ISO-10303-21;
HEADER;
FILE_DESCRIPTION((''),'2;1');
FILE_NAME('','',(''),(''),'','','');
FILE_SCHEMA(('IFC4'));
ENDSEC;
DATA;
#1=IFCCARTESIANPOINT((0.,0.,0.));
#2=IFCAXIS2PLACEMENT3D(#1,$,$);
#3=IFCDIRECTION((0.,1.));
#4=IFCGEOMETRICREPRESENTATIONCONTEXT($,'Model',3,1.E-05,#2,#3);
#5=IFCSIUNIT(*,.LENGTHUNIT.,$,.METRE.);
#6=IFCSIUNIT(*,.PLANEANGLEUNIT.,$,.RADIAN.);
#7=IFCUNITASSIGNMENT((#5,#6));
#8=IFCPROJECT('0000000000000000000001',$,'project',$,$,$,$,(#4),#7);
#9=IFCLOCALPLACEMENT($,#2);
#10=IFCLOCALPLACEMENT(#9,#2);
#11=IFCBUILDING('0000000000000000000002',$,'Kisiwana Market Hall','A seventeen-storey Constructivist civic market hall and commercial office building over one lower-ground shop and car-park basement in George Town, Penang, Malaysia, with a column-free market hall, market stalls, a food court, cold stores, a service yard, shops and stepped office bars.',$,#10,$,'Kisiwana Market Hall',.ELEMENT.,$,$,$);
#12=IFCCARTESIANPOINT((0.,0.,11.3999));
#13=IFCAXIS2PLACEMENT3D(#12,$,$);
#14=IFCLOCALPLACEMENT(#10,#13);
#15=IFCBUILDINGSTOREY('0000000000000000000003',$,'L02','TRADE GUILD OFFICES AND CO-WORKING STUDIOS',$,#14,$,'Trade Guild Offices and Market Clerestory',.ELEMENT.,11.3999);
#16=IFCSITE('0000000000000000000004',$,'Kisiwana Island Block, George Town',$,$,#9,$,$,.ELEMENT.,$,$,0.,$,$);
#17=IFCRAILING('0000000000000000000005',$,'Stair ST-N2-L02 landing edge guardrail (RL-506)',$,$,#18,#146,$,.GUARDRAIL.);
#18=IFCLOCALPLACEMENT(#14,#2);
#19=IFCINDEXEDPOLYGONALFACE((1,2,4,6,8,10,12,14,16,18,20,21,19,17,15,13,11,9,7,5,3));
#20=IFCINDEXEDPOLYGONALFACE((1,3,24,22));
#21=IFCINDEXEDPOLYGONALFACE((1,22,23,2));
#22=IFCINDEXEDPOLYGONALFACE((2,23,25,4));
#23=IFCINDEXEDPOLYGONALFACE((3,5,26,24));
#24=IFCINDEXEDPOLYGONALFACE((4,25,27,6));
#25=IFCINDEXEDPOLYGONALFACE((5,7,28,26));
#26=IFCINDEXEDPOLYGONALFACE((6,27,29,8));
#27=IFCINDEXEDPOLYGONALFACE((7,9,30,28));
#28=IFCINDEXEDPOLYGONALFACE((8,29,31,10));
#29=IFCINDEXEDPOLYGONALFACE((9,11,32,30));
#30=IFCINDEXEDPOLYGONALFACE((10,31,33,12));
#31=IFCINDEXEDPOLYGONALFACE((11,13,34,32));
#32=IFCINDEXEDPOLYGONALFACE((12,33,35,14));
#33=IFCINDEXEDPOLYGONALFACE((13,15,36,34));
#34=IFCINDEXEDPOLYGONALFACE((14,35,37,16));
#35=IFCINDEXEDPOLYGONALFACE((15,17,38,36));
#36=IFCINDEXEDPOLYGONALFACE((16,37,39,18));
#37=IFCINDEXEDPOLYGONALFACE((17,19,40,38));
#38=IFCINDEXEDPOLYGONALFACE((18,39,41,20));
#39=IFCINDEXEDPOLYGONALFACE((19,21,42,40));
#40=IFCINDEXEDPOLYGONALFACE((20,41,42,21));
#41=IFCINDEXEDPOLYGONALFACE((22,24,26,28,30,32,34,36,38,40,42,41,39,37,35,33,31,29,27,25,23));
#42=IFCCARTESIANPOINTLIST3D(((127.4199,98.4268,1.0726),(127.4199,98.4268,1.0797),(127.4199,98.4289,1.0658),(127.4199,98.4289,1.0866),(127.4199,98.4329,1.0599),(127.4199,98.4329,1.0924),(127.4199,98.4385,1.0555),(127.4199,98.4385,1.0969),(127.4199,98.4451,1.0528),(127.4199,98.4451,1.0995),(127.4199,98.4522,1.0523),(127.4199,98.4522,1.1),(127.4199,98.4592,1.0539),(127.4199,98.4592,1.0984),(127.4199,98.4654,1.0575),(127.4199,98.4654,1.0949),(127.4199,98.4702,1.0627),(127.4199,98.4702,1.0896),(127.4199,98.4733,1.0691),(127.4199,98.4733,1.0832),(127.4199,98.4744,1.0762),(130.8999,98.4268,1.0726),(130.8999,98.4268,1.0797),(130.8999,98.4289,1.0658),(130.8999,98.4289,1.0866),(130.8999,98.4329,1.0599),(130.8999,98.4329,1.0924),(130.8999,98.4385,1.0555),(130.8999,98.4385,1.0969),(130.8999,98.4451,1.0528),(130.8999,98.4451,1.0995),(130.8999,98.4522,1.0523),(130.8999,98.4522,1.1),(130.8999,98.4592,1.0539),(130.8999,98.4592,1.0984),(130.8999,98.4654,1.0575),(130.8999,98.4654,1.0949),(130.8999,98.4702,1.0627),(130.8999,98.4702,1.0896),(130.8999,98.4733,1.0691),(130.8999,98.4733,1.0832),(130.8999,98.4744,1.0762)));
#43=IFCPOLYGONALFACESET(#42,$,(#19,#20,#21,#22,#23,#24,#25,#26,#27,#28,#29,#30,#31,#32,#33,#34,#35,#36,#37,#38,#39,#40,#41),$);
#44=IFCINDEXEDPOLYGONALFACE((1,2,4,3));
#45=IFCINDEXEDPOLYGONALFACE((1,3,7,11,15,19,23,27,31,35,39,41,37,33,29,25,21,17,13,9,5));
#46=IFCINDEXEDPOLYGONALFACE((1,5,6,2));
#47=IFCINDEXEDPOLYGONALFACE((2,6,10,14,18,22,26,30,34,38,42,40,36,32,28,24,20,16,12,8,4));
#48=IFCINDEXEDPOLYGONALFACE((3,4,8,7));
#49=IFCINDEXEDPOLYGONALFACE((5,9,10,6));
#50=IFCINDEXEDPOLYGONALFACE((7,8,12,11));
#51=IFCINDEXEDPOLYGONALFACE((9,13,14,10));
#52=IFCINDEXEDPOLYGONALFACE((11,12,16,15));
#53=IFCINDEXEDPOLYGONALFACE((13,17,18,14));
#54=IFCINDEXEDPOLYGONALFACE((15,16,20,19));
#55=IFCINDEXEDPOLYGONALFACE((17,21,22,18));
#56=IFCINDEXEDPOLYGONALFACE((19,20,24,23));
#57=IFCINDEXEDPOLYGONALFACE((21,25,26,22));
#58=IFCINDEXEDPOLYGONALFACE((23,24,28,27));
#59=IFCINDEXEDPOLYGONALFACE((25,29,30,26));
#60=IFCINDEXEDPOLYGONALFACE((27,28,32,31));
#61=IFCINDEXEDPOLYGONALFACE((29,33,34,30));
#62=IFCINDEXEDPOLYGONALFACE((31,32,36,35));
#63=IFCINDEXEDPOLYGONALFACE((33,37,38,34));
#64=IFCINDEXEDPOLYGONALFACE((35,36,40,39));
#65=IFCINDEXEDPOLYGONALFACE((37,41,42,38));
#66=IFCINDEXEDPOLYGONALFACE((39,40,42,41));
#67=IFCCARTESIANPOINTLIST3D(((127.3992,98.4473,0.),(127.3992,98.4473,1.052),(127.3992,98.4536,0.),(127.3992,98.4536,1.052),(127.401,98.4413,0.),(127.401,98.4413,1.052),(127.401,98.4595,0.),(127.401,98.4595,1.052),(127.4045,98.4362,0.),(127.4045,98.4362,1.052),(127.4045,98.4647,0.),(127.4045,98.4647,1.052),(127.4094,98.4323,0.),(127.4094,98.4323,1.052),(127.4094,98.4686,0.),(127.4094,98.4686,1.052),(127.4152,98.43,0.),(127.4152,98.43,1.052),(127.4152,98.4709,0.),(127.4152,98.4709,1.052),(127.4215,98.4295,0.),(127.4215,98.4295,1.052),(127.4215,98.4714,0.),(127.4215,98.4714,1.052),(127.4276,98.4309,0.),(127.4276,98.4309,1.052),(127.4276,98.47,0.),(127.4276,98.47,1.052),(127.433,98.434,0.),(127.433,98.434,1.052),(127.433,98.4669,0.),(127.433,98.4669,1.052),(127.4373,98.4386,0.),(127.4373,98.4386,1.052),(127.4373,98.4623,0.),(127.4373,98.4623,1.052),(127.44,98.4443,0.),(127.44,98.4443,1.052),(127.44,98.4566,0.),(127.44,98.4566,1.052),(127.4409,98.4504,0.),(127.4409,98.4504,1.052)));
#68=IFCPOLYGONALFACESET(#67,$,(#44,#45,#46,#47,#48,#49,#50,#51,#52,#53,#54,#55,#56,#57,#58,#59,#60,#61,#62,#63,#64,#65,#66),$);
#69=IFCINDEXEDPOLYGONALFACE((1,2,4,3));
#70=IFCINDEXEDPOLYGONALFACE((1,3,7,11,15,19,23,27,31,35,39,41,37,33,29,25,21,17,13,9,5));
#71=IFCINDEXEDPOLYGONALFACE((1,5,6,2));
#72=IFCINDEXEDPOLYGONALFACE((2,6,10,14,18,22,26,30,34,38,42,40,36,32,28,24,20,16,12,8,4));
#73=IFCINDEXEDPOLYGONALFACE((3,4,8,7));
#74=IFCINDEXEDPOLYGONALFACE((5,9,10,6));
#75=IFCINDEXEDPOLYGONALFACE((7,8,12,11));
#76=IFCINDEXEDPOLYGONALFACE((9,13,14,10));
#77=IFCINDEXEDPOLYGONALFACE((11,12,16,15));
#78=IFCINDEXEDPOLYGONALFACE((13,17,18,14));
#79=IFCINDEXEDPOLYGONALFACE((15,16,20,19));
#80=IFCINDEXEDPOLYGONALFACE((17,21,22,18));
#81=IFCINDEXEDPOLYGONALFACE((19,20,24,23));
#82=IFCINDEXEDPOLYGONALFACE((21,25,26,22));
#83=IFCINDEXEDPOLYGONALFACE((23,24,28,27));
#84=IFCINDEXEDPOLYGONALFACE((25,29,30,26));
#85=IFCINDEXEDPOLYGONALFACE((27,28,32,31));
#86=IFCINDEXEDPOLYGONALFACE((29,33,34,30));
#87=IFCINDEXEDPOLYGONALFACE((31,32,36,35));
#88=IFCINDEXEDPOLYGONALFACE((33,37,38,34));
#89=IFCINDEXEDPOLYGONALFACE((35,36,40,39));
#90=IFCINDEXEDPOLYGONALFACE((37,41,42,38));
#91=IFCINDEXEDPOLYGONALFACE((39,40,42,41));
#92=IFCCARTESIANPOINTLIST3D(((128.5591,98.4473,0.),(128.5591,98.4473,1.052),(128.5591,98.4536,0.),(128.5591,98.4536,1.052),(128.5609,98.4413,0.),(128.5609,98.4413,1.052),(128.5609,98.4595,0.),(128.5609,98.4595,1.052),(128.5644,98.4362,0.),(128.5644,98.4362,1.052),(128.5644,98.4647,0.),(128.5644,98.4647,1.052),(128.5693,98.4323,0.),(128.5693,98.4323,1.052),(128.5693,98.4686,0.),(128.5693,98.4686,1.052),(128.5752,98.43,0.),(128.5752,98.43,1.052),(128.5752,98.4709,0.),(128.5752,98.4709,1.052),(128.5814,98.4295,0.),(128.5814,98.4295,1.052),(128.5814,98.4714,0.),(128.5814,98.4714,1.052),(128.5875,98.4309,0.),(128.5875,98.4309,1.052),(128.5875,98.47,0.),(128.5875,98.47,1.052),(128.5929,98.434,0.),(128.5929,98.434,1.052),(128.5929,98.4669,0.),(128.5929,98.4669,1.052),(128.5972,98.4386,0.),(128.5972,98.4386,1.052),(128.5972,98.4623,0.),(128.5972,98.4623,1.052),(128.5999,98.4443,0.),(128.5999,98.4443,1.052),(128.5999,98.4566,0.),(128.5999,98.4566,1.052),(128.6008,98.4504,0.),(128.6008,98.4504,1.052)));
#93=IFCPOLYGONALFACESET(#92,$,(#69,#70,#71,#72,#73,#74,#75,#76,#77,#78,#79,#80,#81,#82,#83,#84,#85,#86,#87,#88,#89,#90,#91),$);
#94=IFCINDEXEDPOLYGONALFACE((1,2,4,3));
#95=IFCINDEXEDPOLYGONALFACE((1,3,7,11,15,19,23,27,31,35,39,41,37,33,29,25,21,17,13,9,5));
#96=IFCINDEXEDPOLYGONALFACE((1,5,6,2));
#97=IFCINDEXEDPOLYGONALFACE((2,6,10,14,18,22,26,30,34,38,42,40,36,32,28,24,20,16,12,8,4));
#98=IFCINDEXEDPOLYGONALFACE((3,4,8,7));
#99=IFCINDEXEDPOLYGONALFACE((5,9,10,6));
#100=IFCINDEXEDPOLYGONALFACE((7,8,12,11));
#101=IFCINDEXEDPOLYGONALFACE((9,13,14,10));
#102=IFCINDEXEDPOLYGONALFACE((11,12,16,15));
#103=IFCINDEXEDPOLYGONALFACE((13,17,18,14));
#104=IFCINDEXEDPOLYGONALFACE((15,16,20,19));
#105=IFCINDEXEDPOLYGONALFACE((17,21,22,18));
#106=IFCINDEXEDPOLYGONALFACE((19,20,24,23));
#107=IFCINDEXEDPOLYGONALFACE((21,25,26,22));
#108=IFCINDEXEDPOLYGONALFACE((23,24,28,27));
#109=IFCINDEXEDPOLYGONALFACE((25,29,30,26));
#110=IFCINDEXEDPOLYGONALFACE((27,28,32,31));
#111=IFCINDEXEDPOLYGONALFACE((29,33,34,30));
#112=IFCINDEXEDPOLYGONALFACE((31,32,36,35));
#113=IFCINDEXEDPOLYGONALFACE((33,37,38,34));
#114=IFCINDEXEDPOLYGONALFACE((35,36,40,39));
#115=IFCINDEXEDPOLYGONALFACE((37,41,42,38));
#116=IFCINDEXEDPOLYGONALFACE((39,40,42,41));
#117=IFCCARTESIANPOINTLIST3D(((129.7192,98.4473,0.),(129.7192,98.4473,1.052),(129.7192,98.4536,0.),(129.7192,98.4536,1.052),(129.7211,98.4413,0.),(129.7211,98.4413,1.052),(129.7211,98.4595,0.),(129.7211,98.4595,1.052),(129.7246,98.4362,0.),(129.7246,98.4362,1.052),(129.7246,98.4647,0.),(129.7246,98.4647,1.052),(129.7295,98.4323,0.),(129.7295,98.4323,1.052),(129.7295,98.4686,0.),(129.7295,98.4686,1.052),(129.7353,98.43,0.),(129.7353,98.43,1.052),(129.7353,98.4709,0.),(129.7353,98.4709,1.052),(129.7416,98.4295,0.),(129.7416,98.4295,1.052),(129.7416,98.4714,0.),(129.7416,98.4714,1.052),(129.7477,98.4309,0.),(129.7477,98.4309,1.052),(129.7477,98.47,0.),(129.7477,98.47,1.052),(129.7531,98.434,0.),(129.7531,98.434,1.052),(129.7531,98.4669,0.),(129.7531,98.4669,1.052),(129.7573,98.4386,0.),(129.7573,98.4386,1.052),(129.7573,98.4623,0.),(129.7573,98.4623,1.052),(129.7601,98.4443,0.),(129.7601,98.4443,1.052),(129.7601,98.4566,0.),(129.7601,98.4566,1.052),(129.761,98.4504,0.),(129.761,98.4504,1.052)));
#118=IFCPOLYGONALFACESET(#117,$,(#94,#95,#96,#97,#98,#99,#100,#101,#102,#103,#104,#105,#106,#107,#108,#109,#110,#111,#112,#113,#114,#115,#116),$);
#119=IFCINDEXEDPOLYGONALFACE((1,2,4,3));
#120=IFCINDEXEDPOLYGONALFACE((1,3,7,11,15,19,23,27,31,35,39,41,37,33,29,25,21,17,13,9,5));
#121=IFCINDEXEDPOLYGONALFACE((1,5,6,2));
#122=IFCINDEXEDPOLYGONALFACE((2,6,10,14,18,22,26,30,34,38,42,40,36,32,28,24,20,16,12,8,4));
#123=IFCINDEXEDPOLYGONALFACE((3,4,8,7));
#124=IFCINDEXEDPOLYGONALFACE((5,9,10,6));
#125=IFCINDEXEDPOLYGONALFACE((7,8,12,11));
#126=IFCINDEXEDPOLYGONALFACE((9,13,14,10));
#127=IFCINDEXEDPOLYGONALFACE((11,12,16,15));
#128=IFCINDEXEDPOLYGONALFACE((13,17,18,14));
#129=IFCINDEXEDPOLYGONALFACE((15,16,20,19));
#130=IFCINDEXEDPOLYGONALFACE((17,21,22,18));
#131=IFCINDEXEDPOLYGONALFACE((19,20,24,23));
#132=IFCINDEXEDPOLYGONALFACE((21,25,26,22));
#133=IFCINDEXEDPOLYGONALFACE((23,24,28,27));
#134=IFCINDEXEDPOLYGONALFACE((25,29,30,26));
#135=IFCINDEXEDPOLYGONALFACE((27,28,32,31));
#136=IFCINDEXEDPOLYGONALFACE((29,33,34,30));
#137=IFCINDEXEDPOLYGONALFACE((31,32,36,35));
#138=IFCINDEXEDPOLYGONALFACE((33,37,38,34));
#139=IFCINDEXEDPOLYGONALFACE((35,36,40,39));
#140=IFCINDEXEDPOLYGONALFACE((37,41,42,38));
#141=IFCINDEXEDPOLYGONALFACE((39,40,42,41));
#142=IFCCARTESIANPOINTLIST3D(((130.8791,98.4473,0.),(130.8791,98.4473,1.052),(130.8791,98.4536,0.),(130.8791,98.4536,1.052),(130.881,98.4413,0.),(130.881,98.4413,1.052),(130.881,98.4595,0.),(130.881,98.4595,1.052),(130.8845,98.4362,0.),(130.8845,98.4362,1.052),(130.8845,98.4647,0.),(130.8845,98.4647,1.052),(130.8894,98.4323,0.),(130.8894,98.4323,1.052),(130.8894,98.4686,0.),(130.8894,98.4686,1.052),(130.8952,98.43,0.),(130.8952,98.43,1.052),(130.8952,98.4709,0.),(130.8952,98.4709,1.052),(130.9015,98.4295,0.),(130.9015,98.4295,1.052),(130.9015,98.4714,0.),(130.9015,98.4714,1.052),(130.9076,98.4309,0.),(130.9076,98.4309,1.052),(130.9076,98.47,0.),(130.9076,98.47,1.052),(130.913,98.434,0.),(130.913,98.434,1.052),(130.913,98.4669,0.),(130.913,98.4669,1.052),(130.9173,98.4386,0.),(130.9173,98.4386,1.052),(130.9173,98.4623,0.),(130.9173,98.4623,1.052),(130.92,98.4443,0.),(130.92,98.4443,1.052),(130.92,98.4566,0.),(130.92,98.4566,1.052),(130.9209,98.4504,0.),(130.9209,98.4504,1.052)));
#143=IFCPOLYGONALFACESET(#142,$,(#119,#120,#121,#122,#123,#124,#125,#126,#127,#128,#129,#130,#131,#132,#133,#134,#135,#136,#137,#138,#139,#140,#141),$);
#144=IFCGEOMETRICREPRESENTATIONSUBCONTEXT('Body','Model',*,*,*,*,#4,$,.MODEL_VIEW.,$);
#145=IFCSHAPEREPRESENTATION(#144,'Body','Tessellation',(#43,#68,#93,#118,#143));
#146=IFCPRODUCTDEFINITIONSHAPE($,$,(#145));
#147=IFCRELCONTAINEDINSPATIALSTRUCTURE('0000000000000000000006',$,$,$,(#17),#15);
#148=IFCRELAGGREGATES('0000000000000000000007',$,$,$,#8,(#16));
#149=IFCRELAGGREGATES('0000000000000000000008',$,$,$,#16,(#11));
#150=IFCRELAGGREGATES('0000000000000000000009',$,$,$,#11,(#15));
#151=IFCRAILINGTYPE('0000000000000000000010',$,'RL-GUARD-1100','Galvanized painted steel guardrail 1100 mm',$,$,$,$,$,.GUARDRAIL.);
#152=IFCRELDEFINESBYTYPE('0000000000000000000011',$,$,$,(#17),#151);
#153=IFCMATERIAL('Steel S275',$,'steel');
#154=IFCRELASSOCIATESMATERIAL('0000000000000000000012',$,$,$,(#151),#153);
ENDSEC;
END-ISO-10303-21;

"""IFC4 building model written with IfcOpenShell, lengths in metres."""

from ifc_helpers import new_model, si_unit, direction, frame, origin, origin_2d, place, context, subcontext, project, spatial, circle, extrude, material, type_object, element, save


model = new_model("IFC4")

# Units and contexts
model_context = context("Model", 3, precision=1e-05, world=origin(), true_north=direction((0.0, 1.0)))
body_context = subcontext(model_context, "Body", "Model", "MODEL_VIEW")
ifc_project = project(units=[si_unit("LENGTHUNIT", "METRE"), si_unit("PLANEANGLEUNIT", "RADIAN")], contexts=[model_context])

# Site, building, storey
site_placement = place(None, origin())
site = spatial("IfcSite", under=ifc_project, at=site_placement, Name="Kisiwana Island Block, George Town", CompositionType="ELEMENT", RefElevation=0.0)
building_placement = place(site_placement, origin())
building = spatial("IfcBuilding", under=site, at=building_placement, Name="Kisiwana Market Hall", Description="A seventeen-storey Constructivist civic market hall and commercial office building over one lower-ground shop and car-park basement in George Town, Penang, Malaysia, with a column-free market hall, market stalls, a food court, cold stores, a service yard, shops and stepped office bars.", LongName="Kisiwana Market Hall", CompositionType="ELEMENT")
storey_placement = place(building_placement, frame((0.0, 0.0, 11.3999)))
storey = spatial("IfcBuildingStorey", under=building, at=storey_placement, Name="L02", Description="TRADE GUILD OFFICES AND CO-WORKING STUDIOS", LongName="Trade Guild Offices and Market Clerestory", CompositionType="ELEMENT", Elevation=11.3999)

# Railing
ifc_material_1 = material(Name="Steel S275", Category="steel")
railing_type_1 = type_object("IfcRailingType", Name="RL-GUARD-1100", Description="Galvanized painted steel guardrail 1100 mm", PredefinedType="GUARDRAIL", material=ifc_material_1)
railing_1_placement = place(storey_placement, frame((127.4199, 98.4504, 0.0)))
element("IfcRailing", 1, at=railing_1_placement, inside=storey, type_object=railing_type_1, Name="Stair ST-N2-L02 landing edge guardrail (RL-506)", PredefinedType="GUARDRAIL", context=body_context, shape_type="SweptSolid", body=[
    extrude(circle(Radius=0.0239, at=origin_2d()), frame((0.0, 0.0, 1.0762), z_axis=(1.0, 0.0, 0.0), x_axis=(0.0, 1.0, 0.0)), (0.0, 0.0, 1.0), 3.48),
    extrude(circle(Radius=0.021, at=origin_2d()), origin(), (0.0, 0.0, 1.0), 1.052),
    extrude(circle(Radius=0.021, at=origin_2d()), frame((1.1599, 0.0, 0.0)), (0.0, 0.0, 1.0), 1.052),
    extrude(circle(Radius=0.021, at=origin_2d()), frame((2.3201, 0.0, 0.0)), (0.0, 0.0, 1.0), 1.052),
    extrude(circle(Radius=0.021, at=origin_2d()), frame((3.48, 0.0, 0.0)), (0.0, 0.0, 1.0), 1.052),
])

save(model, "model.ifc")
